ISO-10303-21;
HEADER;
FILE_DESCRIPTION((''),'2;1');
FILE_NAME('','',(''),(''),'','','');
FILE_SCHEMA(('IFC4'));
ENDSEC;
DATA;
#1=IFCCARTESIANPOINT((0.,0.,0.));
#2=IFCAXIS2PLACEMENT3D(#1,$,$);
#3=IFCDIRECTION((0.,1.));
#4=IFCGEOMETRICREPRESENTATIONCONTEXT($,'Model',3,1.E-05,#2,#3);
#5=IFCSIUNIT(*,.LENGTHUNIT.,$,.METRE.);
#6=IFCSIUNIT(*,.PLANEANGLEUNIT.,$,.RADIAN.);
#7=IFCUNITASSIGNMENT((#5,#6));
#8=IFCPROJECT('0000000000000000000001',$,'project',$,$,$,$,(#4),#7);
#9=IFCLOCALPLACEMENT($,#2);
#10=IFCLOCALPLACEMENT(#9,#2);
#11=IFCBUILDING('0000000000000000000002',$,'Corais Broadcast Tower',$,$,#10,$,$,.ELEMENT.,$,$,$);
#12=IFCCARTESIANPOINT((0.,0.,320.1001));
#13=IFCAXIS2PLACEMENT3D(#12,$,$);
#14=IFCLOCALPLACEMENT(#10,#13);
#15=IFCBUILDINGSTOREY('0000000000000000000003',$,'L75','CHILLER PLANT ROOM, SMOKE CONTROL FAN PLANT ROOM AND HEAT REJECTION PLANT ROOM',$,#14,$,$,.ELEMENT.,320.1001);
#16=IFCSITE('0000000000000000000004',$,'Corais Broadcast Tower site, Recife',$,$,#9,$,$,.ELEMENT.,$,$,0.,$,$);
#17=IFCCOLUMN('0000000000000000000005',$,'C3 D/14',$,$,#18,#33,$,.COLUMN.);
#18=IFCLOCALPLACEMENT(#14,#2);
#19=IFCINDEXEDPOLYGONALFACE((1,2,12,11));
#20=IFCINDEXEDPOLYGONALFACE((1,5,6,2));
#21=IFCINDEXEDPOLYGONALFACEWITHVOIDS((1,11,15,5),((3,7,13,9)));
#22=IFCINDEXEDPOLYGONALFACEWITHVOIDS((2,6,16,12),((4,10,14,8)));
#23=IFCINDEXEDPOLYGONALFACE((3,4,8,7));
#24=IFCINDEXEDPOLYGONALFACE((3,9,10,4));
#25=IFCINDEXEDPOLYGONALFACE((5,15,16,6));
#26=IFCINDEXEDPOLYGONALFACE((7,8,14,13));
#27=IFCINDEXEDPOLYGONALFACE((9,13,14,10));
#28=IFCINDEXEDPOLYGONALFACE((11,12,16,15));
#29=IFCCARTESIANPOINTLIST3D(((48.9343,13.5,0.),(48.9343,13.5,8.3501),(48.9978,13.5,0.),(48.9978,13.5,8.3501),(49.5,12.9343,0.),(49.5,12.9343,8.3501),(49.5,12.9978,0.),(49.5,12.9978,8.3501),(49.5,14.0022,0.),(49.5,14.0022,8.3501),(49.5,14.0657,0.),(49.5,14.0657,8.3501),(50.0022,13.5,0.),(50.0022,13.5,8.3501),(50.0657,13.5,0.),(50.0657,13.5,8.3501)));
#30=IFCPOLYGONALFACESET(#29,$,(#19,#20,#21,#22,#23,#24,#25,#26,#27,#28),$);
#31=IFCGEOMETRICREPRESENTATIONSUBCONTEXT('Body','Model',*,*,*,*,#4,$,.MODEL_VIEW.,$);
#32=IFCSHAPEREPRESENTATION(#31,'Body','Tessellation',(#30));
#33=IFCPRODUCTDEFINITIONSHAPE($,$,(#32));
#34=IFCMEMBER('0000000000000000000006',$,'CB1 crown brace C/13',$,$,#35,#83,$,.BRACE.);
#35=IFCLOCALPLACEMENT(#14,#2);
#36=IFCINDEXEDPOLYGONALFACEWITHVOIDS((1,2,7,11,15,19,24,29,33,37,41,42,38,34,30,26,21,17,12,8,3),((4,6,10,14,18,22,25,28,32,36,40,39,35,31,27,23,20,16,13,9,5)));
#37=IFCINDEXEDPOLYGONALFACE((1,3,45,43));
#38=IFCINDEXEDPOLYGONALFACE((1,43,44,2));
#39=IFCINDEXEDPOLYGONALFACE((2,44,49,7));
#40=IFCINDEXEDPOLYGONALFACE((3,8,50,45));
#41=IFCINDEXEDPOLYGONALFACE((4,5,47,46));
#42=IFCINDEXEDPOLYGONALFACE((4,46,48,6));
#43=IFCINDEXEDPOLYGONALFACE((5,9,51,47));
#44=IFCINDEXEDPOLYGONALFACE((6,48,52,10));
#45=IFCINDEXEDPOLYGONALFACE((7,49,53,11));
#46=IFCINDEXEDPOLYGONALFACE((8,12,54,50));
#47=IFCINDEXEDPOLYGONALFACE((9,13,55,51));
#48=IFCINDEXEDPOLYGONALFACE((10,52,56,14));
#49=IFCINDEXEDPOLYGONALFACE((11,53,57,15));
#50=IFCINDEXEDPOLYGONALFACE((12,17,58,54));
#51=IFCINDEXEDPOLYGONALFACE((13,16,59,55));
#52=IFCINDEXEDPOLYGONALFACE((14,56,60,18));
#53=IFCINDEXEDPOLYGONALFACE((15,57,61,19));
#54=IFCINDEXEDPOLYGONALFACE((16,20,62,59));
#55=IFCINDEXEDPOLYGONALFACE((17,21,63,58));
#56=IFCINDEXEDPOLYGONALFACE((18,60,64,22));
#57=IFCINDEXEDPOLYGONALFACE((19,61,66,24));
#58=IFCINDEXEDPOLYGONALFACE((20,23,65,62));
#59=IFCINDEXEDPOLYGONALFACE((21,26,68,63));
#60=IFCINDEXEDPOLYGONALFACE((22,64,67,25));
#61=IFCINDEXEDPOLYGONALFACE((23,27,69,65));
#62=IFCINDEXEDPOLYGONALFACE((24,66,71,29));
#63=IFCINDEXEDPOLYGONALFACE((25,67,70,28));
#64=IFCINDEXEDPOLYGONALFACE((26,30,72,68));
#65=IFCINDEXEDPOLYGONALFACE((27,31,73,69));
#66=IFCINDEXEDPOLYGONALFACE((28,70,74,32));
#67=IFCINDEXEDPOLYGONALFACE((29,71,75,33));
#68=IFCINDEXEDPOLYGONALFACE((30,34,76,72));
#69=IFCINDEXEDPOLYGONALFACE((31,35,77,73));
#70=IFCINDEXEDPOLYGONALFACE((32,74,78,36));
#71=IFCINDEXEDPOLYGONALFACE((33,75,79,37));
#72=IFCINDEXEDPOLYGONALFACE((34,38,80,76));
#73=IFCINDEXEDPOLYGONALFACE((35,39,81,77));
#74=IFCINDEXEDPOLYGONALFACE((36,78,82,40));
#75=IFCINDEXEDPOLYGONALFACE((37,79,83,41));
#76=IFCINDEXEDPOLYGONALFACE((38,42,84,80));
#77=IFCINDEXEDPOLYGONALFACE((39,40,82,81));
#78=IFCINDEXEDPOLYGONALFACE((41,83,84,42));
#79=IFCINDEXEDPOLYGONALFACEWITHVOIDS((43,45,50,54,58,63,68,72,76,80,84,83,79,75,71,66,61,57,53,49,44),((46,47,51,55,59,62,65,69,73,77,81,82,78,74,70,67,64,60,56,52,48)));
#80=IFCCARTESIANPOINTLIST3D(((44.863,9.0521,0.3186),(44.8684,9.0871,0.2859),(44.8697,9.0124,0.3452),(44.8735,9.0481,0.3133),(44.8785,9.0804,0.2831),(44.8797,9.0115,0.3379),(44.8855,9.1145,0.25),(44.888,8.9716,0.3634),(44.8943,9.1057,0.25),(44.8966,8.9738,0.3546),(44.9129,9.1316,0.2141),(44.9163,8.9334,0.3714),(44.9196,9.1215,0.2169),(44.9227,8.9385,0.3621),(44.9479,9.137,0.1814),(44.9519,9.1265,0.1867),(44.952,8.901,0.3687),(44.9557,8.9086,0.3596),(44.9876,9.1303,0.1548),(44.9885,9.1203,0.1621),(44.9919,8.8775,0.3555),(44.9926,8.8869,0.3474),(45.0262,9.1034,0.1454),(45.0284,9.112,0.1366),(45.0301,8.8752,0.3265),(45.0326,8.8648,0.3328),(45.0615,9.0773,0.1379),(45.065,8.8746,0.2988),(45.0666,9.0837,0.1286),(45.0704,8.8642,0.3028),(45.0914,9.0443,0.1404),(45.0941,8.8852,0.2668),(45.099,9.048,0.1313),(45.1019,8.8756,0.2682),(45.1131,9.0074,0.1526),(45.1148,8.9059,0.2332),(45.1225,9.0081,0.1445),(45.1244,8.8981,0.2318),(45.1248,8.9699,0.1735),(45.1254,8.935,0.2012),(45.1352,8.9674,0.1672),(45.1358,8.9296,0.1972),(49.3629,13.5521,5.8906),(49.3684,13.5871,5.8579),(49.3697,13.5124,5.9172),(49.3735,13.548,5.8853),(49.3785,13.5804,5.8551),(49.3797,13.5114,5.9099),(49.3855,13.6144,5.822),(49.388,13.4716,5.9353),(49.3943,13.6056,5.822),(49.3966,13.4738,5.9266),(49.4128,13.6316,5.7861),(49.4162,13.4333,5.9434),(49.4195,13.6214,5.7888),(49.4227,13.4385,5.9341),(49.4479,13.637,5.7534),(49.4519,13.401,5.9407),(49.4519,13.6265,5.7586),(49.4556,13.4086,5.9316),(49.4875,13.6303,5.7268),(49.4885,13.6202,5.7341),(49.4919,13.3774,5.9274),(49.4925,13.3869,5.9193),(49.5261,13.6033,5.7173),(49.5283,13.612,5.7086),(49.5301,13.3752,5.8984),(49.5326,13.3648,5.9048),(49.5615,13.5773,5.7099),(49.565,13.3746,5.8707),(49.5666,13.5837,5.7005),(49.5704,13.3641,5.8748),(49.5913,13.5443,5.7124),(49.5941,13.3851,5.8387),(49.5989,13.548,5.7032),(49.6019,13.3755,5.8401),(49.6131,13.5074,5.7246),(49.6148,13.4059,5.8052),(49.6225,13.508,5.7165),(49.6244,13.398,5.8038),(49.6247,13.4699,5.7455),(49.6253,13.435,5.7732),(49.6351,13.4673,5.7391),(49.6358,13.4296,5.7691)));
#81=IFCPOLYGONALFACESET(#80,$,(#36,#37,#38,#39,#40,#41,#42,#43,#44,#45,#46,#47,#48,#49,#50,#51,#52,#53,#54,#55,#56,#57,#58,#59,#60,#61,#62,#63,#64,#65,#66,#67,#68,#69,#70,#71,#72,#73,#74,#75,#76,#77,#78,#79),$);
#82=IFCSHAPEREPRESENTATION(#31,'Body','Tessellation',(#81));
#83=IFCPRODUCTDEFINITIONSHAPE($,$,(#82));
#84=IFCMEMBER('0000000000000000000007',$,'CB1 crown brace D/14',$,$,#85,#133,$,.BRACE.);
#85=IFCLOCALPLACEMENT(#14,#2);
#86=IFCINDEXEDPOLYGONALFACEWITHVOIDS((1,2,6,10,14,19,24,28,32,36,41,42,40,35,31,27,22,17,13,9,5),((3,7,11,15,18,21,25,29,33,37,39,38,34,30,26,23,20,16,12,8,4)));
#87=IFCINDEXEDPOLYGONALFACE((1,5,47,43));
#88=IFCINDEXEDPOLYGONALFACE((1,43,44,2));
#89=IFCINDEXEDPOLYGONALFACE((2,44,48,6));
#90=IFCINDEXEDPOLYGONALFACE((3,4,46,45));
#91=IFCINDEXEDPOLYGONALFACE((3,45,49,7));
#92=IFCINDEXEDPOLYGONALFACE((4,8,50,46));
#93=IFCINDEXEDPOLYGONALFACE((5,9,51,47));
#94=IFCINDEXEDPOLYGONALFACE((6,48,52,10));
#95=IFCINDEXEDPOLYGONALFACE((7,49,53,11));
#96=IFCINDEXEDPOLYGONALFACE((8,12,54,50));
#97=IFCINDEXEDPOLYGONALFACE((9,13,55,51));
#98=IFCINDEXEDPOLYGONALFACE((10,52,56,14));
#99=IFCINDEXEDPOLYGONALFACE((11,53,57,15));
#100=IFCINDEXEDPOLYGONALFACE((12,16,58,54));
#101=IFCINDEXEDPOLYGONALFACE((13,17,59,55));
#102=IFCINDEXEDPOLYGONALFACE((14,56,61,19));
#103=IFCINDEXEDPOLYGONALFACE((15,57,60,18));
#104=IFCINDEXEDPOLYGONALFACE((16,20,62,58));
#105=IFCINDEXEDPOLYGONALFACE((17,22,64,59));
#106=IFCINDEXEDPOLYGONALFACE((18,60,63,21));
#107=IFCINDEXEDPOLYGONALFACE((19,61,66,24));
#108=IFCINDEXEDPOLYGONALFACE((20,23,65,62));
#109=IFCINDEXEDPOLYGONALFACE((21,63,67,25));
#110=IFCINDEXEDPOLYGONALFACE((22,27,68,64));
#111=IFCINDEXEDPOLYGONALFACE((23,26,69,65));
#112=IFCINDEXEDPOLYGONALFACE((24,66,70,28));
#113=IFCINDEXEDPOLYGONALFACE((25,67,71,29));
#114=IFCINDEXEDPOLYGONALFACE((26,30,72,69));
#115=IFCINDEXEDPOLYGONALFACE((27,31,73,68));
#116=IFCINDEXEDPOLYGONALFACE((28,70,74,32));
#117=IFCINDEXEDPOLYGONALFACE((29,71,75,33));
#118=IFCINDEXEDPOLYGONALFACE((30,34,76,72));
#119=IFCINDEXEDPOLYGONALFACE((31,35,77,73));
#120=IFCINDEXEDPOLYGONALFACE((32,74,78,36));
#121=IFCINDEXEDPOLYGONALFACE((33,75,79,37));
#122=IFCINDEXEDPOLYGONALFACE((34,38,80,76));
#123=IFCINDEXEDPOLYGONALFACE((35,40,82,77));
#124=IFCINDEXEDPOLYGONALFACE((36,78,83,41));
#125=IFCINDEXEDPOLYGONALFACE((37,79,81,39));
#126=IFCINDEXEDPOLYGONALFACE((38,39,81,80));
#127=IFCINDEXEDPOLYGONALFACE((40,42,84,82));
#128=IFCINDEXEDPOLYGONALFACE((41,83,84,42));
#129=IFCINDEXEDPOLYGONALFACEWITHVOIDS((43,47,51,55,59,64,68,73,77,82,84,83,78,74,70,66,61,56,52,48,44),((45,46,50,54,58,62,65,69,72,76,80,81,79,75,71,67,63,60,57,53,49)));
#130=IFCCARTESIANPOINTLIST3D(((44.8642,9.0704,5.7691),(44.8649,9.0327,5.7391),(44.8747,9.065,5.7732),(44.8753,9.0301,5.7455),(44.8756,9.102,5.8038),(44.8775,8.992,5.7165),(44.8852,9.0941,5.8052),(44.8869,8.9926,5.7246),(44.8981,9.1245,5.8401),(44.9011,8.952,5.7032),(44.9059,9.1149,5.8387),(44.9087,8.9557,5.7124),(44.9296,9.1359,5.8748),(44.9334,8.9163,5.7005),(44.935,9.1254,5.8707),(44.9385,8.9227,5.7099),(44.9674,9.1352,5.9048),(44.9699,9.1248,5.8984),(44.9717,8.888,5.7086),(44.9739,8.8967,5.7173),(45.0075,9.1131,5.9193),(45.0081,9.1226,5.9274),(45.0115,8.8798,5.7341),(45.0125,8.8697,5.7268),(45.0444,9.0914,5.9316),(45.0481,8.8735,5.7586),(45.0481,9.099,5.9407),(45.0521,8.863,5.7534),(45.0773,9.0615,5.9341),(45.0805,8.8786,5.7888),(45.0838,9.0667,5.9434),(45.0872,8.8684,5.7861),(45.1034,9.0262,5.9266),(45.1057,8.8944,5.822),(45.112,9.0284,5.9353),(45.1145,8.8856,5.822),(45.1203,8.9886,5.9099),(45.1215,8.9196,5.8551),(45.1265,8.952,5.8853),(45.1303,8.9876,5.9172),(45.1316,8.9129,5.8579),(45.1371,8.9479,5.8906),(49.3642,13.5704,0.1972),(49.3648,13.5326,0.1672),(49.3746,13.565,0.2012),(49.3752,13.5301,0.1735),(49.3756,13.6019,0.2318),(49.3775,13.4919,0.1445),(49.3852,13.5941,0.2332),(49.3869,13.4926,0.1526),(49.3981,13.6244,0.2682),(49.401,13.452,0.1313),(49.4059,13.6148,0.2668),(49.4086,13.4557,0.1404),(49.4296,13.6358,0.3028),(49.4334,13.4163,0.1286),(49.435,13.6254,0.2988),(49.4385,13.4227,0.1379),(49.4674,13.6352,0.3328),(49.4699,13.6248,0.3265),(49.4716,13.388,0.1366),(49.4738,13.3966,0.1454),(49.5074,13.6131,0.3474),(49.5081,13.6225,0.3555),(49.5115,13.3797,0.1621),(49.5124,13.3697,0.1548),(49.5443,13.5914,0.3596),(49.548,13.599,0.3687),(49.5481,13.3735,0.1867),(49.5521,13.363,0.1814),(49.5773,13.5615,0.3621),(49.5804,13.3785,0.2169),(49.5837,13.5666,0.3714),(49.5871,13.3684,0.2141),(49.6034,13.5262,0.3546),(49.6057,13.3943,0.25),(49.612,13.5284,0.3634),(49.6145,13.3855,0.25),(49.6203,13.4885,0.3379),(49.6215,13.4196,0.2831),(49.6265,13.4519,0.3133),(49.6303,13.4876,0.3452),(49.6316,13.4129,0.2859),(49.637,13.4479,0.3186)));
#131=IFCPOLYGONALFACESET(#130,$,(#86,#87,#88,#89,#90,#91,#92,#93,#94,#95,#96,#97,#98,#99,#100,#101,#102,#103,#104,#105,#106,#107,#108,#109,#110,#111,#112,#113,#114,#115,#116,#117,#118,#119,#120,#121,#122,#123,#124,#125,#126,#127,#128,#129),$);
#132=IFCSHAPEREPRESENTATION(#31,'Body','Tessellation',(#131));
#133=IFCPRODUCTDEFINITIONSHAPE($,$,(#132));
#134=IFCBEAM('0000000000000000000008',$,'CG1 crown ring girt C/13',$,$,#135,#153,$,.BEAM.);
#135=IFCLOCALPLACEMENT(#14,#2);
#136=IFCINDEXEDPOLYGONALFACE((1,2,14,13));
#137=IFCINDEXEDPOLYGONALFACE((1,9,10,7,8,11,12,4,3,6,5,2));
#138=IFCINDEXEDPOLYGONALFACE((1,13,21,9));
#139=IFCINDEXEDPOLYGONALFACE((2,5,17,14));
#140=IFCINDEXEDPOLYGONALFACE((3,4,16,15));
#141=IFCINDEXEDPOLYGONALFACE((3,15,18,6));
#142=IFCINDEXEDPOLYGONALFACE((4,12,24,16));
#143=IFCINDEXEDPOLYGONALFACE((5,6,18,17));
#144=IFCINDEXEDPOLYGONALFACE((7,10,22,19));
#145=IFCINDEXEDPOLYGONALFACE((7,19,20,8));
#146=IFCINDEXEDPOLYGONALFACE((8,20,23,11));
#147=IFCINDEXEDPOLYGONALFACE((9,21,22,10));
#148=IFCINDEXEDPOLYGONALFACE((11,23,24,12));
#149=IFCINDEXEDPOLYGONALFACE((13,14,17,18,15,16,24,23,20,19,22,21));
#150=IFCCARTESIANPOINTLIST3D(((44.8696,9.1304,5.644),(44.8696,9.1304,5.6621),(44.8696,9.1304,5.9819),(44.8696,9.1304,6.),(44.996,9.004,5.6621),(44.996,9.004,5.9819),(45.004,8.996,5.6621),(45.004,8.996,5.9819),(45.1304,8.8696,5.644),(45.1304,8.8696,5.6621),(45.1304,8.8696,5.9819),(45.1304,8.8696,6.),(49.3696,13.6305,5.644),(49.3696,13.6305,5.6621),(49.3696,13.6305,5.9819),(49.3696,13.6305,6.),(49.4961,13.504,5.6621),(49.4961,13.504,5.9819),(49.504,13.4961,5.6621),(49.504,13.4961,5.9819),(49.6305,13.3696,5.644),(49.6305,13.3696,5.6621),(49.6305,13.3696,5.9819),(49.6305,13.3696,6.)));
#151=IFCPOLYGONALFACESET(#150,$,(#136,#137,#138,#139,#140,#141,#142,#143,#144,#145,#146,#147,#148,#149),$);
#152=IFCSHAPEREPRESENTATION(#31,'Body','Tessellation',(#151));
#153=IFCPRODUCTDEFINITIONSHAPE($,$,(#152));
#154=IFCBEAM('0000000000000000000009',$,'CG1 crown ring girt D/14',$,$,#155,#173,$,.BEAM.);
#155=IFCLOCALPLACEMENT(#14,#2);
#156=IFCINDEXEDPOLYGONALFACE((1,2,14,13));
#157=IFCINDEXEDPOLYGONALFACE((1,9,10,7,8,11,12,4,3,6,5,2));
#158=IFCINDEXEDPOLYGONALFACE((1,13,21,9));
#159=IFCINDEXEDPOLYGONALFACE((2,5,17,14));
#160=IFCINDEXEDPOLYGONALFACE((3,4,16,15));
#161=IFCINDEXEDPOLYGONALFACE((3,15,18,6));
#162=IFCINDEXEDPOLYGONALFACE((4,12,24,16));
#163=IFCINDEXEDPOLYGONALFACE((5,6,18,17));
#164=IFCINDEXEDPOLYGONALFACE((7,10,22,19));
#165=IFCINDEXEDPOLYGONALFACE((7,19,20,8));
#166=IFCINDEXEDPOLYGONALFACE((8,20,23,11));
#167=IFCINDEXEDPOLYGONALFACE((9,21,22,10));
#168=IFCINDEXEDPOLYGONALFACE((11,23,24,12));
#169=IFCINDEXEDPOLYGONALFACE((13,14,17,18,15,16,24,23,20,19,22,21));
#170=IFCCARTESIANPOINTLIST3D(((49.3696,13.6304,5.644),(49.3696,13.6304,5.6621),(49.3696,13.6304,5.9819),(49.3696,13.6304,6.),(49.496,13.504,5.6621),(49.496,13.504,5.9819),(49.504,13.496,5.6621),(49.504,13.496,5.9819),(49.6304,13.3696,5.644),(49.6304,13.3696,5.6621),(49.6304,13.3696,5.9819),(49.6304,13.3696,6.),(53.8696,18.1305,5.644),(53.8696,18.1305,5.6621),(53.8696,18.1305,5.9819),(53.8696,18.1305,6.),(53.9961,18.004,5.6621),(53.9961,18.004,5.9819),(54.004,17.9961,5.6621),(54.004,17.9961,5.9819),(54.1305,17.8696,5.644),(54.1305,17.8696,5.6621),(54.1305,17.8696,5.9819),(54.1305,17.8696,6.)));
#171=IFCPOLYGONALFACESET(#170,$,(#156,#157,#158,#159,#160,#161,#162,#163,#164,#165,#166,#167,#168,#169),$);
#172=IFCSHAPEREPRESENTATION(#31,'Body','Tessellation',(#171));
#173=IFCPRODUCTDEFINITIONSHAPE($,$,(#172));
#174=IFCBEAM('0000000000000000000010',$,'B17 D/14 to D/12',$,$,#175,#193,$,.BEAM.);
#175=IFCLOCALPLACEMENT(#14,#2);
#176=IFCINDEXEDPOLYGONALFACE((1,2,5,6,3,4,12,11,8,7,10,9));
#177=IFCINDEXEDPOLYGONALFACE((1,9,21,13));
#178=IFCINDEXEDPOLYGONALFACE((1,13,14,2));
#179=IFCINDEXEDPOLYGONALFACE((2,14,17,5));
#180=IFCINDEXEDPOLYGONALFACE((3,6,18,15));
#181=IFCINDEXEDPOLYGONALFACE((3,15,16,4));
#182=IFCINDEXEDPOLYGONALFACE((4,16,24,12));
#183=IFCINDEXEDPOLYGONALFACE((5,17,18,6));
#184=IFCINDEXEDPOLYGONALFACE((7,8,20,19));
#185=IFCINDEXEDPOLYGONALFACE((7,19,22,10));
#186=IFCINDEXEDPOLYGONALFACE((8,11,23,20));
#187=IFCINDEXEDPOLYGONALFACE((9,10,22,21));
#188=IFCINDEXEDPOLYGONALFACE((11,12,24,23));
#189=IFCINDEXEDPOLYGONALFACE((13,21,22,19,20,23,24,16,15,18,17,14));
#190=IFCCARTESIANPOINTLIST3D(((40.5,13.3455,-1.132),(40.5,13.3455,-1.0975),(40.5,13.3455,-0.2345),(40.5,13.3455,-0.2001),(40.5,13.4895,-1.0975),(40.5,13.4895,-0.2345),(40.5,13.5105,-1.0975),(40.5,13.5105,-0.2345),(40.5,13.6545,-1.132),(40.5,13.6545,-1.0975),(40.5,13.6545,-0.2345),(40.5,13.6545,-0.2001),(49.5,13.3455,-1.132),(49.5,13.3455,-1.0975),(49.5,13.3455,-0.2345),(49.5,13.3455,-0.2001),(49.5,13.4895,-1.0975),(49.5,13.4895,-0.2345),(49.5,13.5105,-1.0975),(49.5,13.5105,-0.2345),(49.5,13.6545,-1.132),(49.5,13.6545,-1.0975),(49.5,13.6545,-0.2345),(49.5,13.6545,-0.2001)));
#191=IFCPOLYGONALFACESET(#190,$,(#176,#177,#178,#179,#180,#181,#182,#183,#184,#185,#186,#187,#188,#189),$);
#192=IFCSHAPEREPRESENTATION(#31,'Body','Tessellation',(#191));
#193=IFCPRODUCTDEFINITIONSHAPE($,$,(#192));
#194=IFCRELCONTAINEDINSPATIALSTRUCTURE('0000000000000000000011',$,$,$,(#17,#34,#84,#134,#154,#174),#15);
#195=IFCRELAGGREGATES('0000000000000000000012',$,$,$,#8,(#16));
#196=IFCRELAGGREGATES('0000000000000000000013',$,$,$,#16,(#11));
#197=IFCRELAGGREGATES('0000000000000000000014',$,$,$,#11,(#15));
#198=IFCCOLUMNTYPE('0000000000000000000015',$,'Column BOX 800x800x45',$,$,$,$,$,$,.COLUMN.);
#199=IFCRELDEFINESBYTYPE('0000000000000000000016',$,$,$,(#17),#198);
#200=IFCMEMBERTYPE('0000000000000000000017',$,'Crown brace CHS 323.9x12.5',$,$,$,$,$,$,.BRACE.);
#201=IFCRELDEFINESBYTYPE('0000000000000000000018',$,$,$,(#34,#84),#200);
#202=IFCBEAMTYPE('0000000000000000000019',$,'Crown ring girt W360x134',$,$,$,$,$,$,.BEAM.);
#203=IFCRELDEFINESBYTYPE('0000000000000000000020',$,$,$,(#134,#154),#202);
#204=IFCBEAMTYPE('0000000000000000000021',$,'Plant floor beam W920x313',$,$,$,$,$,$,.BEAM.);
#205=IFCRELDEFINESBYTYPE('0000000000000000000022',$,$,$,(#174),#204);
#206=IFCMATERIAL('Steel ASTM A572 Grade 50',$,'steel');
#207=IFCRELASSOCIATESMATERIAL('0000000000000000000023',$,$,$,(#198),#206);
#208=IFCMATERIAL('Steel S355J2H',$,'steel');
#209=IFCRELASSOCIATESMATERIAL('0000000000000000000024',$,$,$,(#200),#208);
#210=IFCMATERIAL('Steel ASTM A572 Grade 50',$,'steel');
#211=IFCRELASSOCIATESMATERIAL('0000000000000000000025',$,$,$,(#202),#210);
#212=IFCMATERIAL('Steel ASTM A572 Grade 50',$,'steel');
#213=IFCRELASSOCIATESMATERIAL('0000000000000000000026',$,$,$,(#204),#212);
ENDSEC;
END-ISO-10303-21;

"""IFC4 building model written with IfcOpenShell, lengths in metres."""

from ifc_helpers import new_model, si_unit, direction, frame, origin, origin_2d, place, context, subcontext, project, spatial, hollow_rectangle, hollow_circle, i_section, extrude, material, material_profile, profile_set, type_object, element, save


model = new_model("IFC4")

# Units and contexts
model_context = context("Model", 3, precision=1e-05, world=origin(), true_north=direction((0.0, 1.0)))
body_context = subcontext(model_context, "Body", "Model", "MODEL_VIEW")
ifc_project = project(units=[si_unit("LENGTHUNIT", "METRE"), si_unit("PLANEANGLEUNIT", "RADIAN")], contexts=[model_context])

# Site, building, storey
site_placement = place(None, origin())
site = spatial("IfcSite", under=ifc_project, at=site_placement, Name="Corais Broadcast Tower site, Recife", CompositionType="ELEMENT", RefElevation=0.0)
building_placement = place(site_placement, origin())
building = spatial("IfcBuilding", under=site, at=building_placement, Name="Corais Broadcast Tower", CompositionType="ELEMENT")
storey_placement = place(building_placement, frame((0.0, 0.0, 320.1001)))
storey = spatial("IfcBuildingStorey", under=building, at=storey_placement, Name="L75", Description="CHILLER PLANT ROOM, SMOKE CONTROL FAN PLANT ROOM AND HEAT REJECTION PLANT ROOM", CompositionType="ELEMENT", Elevation=320.1001)

# Column
ifc_material_1 = material(Name="Steel ASTM A572 Grade 50", Category="steel")
ifc_material_profile_1 = material_profile(ifc_material_1, hollow_rectangle(XDim=0.8, YDim=0.8, WallThickness=0.0449, at=origin_2d()), Name="BOX 800x800x45")
ifc_profile_set_1 = profile_set([ifc_material_profile_1], Name="Steel ASTM A572 Grade 50")
column_type = type_object("IfcColumnType", Name="Column BOX 800x800x45", PredefinedType="COLUMN", material=ifc_profile_set_1)
column_placement = place(storey_placement, frame((49.5, 13.5, 0.0), z_axis=(0.0, 0.0, 1.0), x_axis=(0.707107, 0.707107, 0.0)))
element("IfcColumn", 1, at=column_placement, inside=storey, type_object=column_type, Name="C3 D/14", PredefinedType="COLUMN", context=body_context, shape_type="SweptSolid", body=[
    extrude(hollow_rectangle(XDim=0.8, YDim=0.8, WallThickness=0.0449, at=origin_2d()), origin(), (0.0, 0.0, 1.0), 8.3501),
])

# Members
ifc_material_2 = material(Name="Steel S355J2H", Category="steel")
ifc_material_profile_2 = material_profile(ifc_material_2, hollow_circle(Radius=0.1619, WallThickness=0.0125, at=origin_2d()), Name="CHS 323.9x12.5")
ifc_profile_set_2 = profile_set([ifc_material_profile_2], Name="Steel S355J2H")
member_type = type_object("IfcMemberType", Name="Crown brace CHS 323.9x12.5", PredefinedType="BRACE", material=ifc_profile_set_2)
for number, where, z_axis, x_axis, name in (
    (2, (45.0, 9.0, 0.25), (0.532005, 0.532005, 0.658743), (-0.707107, 0.707107, 0.0), "CB1 crown brace C/13"),
    (3, (49.5, 13.5, 0.25), (-0.532005, -0.532005, 0.658743), (0.707107, -0.707107, 0.0), "CB1 crown brace D/14"),
):
    element("IfcMember", number, at=place(storey_placement, frame(where, z_axis=z_axis, x_axis=x_axis)), inside=storey, type_object=member_type, Name=name, PredefinedType="BRACE", context=body_context, shape_type="SweptSolid", body=[
        extrude(hollow_circle(Radius=0.1619, WallThickness=0.0125, at=origin_2d()), origin(), (0.0, 0.0, 1.0), 8.4585),
    ])

# Beams
ifc_material_3 = material(Name="Steel ASTM A572 Grade 50", Category="steel")
ifc_material_profile_3 = material_profile(ifc_material_3, i_section(OverallWidth=0.3689, OverallDepth=0.356, WebThickness=0.0112, FlangeThickness=0.0181, at=origin_2d()), Name="W360x134")
ifc_profile_set_3 = profile_set([ifc_material_profile_3], Name="Steel ASTM A572 Grade 50")
beam_type_1 = type_object("IfcBeamType", Name="Crown ring girt W360x134", PredefinedType="BEAM", material=ifc_profile_set_3)
for number, where, z_axis, x_axis, name in (
    (4, (45.0, 9.0, 5.822), (0.707107, 0.707107, 0.0), (-0.707107, 0.707107, 0.0), "CG1 crown ring girt C/13"),
    (5, (49.5, 13.5, 5.822), (0.707107, 0.707107, 0.0), (-0.707107, 0.707107, 0.0), "CG1 crown ring girt D/14"),
):
    element("IfcBeam", number, at=place(storey_placement, frame(where, z_axis=z_axis, x_axis=x_axis)), inside=storey, type_object=beam_type_1, Name=name, PredefinedType="BEAM", context=body_context, shape_type="SweptSolid", body=[
        extrude(i_section(OverallWidth=0.3689, OverallDepth=0.356, WebThickness=0.0112, FlangeThickness=0.0181, at=origin_2d()), origin(), (0.0, 0.0, 1.0), 6.364),
    ])
ifc_material_4 = material(Name="Steel ASTM A572 Grade 50", Category="steel")
ifc_material_profile_4 = material_profile(ifc_material_4, i_section(OverallWidth=0.3091, OverallDepth=0.9319, WebThickness=0.021, FlangeThickness=0.0344, at=origin_2d()), Name="W920x313")
ifc_profile_set_4 = profile_set([ifc_material_profile_4], Name="Steel ASTM A572 Grade 50")
beam_type_2 = type_object("IfcBeamType", Name="Plant floor beam W920x313", PredefinedType="BEAM", material=ifc_profile_set_4)
beam_1_placement = place(storey_placement, frame((49.5, 13.5, -0.666), z_axis=(-1.0, 0.0, 0.0), x_axis=(0.0, -1.0, 0.0)))
element("IfcBeam", 6, at=beam_1_placement, inside=storey, type_object=beam_type_2, Name="B17 D/14 to D/12", PredefinedType="BEAM", context=body_context, shape_type="SweptSolid", body=[
    extrude(i_section(OverallWidth=0.3091, OverallDepth=0.9319, WebThickness=0.021, FlangeThickness=0.0344, at=origin_2d()), origin(), (0.0, 0.0, 1.0), 9.0),
])

save(model, "model.ifc")
